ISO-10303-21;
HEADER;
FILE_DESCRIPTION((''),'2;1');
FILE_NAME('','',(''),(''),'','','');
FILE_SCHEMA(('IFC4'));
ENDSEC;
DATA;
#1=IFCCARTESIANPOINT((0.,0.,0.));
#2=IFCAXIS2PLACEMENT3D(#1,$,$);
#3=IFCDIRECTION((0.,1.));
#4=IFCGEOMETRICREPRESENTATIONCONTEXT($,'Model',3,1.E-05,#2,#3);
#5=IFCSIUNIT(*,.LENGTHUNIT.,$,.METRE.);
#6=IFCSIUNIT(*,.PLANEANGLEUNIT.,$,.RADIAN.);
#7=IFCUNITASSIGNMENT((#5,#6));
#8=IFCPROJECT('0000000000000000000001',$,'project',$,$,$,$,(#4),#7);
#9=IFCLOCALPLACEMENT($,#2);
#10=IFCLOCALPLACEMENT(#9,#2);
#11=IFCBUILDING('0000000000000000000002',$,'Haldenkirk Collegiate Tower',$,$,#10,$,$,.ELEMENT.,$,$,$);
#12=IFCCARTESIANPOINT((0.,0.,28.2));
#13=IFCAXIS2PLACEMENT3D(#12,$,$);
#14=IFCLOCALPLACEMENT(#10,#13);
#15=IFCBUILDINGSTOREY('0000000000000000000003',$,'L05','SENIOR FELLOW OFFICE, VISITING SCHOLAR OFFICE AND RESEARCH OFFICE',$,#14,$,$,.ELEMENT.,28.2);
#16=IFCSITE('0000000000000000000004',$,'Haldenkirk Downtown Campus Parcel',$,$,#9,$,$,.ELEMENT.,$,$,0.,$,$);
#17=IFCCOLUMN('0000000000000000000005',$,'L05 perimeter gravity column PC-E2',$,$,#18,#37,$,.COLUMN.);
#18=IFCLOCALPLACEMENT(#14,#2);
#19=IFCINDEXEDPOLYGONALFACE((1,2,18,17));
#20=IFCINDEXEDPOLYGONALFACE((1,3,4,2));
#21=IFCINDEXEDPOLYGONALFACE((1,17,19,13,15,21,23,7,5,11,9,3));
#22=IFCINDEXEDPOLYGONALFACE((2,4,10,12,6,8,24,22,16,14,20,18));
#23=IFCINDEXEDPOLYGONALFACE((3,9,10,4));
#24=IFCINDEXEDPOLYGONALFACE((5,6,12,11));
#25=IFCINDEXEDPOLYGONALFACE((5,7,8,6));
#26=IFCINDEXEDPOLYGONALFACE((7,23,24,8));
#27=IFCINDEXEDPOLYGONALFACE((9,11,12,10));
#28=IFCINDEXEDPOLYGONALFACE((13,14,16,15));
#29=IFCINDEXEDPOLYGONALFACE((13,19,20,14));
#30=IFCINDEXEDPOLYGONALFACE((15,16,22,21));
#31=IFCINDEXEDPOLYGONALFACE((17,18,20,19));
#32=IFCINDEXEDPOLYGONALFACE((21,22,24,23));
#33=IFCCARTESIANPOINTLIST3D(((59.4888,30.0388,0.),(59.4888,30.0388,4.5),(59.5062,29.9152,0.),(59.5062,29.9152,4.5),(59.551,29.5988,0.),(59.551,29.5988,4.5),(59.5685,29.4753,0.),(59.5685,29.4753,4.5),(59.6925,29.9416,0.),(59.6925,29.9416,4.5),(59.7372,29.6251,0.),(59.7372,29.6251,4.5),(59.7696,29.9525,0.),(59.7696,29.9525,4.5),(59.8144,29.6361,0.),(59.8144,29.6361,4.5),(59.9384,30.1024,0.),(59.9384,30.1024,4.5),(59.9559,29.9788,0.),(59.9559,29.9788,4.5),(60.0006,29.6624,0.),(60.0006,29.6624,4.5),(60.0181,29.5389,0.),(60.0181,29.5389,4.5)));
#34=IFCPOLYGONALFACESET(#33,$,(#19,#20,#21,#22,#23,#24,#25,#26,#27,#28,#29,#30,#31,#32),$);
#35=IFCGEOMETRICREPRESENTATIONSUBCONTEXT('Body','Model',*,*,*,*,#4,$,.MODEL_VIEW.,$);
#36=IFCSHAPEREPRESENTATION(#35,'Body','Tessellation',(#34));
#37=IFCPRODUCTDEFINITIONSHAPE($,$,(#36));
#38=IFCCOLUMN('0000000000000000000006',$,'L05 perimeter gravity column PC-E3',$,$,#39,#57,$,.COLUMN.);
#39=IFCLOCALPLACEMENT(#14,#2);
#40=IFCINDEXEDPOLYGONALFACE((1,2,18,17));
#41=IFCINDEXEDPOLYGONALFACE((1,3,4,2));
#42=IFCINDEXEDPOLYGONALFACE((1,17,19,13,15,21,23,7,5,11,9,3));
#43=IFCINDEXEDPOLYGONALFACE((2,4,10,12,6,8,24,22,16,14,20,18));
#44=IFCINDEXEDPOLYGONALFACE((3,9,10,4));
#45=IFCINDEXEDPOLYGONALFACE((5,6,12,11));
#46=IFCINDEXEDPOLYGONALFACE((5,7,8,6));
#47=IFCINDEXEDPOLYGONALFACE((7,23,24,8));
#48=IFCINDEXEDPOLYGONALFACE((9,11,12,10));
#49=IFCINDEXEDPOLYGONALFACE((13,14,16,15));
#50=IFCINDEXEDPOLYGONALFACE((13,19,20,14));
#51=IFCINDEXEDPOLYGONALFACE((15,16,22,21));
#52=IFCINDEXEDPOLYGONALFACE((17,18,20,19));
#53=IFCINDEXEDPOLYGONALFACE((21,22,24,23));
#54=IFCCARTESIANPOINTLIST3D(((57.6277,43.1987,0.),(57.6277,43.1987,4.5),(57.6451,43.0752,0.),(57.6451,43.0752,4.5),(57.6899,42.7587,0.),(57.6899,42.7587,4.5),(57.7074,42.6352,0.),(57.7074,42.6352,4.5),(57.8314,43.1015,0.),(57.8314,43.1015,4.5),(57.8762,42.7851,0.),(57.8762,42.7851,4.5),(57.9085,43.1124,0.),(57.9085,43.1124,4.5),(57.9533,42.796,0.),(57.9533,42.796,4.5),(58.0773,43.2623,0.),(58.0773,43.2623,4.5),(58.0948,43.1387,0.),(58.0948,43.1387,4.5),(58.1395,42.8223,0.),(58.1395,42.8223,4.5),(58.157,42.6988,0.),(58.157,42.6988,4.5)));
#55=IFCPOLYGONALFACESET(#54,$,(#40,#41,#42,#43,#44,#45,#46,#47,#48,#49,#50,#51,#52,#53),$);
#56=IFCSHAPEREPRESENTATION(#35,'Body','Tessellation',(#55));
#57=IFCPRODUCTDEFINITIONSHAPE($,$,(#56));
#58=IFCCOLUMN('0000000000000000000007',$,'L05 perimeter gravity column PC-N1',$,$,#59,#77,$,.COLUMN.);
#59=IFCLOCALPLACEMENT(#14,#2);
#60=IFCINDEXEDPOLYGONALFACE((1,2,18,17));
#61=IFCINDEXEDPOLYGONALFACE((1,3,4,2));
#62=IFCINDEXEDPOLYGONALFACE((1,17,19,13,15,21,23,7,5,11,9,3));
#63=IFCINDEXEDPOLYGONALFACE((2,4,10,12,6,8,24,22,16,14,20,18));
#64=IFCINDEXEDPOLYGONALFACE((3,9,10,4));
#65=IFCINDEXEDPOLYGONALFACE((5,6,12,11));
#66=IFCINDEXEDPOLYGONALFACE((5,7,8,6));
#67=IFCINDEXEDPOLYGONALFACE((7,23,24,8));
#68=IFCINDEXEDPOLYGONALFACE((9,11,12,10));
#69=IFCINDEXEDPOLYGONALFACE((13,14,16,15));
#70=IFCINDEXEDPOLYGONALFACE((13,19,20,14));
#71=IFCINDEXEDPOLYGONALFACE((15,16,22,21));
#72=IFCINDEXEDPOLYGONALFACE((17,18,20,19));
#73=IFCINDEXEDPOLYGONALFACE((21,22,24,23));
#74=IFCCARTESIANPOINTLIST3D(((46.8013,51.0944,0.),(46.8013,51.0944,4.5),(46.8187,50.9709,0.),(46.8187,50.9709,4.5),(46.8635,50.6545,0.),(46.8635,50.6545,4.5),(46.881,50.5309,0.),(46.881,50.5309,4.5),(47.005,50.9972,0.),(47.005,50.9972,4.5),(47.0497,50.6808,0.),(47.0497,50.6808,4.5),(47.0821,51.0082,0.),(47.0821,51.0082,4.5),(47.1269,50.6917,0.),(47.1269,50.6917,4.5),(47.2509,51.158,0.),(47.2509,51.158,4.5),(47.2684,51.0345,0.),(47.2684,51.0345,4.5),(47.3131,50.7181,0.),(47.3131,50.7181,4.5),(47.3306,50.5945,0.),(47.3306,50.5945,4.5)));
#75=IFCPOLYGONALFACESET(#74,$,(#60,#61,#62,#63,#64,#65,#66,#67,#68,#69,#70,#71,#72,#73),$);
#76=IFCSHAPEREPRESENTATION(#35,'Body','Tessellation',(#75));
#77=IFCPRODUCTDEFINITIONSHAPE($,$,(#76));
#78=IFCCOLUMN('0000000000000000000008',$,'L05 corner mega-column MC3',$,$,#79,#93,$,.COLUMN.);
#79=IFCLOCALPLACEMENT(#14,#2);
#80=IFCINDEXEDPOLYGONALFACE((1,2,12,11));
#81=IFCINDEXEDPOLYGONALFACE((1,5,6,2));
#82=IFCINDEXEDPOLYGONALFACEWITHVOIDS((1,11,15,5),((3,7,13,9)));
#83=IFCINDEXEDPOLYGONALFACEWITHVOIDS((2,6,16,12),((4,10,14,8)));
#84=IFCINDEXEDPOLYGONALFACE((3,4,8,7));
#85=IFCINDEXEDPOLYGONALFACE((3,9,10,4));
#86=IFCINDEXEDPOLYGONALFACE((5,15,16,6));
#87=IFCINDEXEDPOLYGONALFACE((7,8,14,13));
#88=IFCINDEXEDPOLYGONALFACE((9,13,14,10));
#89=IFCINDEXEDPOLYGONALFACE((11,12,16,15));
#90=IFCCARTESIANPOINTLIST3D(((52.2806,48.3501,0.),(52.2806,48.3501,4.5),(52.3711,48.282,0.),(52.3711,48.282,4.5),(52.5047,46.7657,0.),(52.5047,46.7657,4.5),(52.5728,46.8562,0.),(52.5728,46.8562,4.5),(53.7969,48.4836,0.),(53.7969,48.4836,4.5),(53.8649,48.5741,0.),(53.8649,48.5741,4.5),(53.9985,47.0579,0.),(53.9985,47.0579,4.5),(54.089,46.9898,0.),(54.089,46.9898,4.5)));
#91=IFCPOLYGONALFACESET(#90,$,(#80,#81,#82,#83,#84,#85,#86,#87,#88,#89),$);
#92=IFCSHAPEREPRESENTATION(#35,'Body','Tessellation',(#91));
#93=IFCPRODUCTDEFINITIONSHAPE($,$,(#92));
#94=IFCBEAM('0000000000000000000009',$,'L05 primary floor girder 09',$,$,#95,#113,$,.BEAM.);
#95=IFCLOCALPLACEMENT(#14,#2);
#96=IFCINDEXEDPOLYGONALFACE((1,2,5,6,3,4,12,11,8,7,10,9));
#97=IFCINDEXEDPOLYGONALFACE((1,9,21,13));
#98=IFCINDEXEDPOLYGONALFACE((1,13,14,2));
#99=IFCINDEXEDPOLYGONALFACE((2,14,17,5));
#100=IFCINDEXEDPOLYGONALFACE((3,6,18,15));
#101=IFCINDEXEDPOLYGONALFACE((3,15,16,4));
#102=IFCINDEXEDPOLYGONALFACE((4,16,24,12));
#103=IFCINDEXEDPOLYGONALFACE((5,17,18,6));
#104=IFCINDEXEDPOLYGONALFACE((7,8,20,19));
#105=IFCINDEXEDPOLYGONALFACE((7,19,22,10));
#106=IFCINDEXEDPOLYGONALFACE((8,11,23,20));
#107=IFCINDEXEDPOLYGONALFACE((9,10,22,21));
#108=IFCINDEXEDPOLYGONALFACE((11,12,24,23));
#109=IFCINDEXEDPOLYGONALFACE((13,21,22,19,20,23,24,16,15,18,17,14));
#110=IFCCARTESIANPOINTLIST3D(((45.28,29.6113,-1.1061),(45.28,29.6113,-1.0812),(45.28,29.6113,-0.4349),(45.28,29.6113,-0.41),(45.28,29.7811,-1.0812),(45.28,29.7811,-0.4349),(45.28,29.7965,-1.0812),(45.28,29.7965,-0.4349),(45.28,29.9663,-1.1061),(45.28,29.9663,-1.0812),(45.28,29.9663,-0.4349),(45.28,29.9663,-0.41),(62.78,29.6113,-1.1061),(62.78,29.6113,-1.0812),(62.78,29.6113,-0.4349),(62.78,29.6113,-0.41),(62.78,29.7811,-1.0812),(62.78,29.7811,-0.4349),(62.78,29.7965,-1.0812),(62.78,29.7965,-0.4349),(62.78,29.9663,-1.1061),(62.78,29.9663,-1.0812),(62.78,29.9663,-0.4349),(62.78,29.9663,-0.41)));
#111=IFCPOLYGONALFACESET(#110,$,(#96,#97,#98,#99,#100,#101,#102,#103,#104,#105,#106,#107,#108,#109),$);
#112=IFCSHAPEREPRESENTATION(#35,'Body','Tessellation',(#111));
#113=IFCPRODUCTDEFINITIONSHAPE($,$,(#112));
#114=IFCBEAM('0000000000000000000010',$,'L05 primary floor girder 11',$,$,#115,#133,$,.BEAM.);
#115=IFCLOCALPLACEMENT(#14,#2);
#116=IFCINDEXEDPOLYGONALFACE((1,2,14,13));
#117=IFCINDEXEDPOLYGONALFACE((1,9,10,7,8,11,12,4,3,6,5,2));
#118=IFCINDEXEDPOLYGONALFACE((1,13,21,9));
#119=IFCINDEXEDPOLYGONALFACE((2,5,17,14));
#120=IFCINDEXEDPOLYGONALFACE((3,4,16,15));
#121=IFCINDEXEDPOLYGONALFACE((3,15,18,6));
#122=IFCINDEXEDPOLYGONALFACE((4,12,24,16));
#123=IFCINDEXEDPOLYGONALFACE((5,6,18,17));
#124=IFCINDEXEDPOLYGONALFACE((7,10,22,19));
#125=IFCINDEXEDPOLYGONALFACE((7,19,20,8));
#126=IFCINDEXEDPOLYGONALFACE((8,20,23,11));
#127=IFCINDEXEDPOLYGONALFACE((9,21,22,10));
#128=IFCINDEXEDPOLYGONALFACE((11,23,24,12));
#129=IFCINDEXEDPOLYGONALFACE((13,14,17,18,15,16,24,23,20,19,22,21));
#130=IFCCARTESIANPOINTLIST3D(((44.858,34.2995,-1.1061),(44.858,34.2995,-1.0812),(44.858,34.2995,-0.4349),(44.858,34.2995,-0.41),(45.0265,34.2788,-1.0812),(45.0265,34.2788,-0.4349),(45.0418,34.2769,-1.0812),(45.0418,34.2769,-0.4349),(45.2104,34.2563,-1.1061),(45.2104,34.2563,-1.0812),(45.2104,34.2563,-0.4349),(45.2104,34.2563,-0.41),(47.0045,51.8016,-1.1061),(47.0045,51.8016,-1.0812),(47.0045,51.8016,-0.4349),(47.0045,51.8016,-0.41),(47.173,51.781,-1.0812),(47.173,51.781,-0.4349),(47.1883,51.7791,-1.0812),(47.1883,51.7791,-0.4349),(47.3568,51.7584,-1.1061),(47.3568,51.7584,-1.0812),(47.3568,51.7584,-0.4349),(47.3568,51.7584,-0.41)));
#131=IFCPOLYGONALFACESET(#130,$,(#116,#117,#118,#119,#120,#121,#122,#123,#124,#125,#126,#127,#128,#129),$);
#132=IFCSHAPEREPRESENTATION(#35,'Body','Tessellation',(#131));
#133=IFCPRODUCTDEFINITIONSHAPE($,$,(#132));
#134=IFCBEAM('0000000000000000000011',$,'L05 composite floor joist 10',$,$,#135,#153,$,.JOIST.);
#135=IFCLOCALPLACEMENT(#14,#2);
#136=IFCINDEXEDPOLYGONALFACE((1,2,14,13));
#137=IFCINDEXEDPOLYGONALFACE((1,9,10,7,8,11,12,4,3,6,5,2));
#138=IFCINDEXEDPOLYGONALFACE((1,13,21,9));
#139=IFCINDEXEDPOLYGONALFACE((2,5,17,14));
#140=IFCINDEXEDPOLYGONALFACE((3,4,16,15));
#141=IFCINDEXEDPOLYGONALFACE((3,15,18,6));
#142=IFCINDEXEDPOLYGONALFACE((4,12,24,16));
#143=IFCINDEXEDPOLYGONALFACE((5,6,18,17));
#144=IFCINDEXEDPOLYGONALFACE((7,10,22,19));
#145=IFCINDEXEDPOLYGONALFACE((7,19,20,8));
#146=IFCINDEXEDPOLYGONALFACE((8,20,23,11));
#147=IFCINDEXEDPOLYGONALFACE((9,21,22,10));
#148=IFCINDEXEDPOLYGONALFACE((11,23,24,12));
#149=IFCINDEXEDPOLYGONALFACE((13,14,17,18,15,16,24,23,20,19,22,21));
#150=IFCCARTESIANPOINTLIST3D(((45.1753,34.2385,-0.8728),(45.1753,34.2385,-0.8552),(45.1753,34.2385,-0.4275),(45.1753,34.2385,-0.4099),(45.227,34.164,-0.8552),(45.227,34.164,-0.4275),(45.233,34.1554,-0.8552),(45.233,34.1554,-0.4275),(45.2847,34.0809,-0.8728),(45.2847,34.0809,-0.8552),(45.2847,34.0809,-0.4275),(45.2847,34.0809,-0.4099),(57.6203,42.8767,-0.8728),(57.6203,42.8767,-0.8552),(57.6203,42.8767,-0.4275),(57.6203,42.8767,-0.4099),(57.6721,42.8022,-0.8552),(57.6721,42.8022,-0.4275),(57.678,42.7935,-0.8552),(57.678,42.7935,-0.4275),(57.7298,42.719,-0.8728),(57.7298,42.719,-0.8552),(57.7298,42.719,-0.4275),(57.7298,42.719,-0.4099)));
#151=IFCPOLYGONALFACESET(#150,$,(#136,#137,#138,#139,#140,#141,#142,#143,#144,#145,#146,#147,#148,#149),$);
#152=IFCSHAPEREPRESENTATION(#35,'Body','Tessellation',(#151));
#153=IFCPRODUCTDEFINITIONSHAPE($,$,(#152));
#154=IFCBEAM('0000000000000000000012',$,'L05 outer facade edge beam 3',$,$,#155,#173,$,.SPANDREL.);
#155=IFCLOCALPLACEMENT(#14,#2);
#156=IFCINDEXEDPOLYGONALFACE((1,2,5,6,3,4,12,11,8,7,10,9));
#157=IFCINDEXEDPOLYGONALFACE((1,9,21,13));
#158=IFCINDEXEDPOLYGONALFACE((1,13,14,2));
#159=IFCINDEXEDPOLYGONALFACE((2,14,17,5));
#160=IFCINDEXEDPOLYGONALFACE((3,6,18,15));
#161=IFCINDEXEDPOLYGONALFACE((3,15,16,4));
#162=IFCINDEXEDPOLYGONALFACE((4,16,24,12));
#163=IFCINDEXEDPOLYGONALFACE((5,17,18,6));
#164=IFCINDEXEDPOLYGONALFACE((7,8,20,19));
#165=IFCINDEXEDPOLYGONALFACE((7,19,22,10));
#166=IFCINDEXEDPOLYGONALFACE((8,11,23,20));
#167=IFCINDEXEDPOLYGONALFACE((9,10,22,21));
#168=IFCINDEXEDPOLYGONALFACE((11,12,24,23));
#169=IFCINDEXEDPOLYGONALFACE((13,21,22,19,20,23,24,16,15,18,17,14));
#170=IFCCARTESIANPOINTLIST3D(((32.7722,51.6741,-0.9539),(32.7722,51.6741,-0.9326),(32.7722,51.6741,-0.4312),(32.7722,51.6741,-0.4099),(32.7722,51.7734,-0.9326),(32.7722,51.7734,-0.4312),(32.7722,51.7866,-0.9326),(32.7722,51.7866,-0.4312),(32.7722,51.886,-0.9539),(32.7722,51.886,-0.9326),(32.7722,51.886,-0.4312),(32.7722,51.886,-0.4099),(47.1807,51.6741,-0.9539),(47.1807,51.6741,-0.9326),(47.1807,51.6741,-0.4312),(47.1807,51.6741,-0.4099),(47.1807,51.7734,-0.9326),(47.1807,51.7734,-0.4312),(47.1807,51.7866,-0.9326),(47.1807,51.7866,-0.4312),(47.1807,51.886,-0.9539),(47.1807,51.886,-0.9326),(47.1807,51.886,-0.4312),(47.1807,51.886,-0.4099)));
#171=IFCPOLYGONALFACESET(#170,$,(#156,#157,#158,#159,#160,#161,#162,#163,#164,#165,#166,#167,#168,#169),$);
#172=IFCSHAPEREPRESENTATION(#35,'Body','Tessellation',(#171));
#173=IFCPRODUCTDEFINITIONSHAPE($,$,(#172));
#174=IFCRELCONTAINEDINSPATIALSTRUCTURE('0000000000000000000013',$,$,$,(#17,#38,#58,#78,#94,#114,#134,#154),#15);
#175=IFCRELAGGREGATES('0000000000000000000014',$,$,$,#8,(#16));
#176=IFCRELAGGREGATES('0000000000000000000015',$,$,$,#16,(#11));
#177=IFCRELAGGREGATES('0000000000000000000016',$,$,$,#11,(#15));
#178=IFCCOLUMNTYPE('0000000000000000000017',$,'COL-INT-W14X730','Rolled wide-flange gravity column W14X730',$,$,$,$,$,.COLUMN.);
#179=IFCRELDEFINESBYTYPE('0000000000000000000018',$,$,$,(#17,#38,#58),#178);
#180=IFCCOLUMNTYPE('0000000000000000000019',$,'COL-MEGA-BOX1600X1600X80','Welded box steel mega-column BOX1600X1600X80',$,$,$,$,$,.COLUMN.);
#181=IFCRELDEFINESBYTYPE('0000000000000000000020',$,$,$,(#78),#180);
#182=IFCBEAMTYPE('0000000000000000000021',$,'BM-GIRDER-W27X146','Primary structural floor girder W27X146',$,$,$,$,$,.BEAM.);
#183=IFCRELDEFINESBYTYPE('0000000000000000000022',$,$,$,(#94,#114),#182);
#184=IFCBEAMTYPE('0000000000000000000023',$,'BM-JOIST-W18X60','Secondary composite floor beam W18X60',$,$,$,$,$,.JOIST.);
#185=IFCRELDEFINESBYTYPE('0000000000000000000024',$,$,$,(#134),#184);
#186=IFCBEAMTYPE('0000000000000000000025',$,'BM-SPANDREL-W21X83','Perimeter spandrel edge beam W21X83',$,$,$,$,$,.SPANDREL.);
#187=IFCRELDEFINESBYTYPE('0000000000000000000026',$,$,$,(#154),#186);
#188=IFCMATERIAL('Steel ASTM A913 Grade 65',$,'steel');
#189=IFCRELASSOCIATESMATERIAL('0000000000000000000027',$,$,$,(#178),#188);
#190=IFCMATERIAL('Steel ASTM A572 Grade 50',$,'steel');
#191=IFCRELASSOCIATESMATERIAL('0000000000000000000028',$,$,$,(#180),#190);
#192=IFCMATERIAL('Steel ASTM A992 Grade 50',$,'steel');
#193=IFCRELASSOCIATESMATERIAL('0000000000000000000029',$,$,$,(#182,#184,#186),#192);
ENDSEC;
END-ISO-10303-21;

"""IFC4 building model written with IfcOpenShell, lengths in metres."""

from ifc_helpers import new_model, si_unit, direction, frame, origin, origin_2d, place, context, subcontext, project, spatial, hollow_rectangle, i_section, extrude, material, material_profile, profile_set, type_object, element, save


model = new_model("IFC4")

# Units and contexts
model_context = context("Model", 3, precision=1e-05, world=origin(), true_north=direction((0.0, 1.0)))
body_context = subcontext(model_context, "Body", "Model", "MODEL_VIEW")
ifc_project = project(units=[si_unit("LENGTHUNIT", "METRE"), si_unit("PLANEANGLEUNIT", "RADIAN")], contexts=[model_context])

# Site, building, storey
site_placement = place(None, origin())
site = spatial("IfcSite", under=ifc_project, at=site_placement, Name="Haldenkirk Downtown Campus Parcel", CompositionType="ELEMENT", RefElevation=0.0)
building_placement = place(site_placement, origin())
building = spatial("IfcBuilding", under=site, at=building_placement, Name="Haldenkirk Collegiate Tower", CompositionType="ELEMENT")
storey_placement = place(building_placement, frame((0.0, 0.0, 28.2)))
storey = spatial("IfcBuildingStorey", under=building, at=storey_placement, Name="L05", Description="SENIOR FELLOW OFFICE, VISITING SCHOLAR OFFICE AND RESEARCH OFFICE", CompositionType="ELEMENT", Elevation=28.2)

# Columns
ifc_material_1 = material(Name="Steel ASTM A913 Grade 65", Category="steel")
ifc_material_profile_1 = material_profile(ifc_material_1, i_section(OverallWidth=0.4541, OverallDepth=0.5691, WebThickness=0.0779, FlangeThickness=0.1248, at=origin_2d()), Name="W14X730")
ifc_profile_set_1 = profile_set([ifc_material_profile_1], Name="Steel ASTM A913 Grade 65")
column_type_1 = type_object("IfcColumnType", Name="COL-INT-W14X730", Description="Rolled wide-flange gravity column W14X730", PredefinedType="COLUMN", material=ifc_profile_set_1)
for number, where, z_axis, x_axis, name in (
    (1, (59.7534, 29.7888, 0.0), (0.0, 0.0, 1.0), (0.990146, 0.140037, 0.0), "L05 perimeter gravity column PC-E2"),
    (2, (57.8923, 42.9487, 0.0), (0.0, 0.0, 1.0), (0.990146, 0.140037, 0.0), "L05 perimeter gravity column PC-E3"),
    (3, (47.0659, 50.8445, 0.0), (0.0, 0.0, 1.0), (0.990146, 0.140037, 0.0), "L05 perimeter gravity column PC-N1"),
):
    element("IfcColumn", number, at=place(storey_placement, frame(where, z_axis=z_axis, x_axis=x_axis)), inside=storey, type_object=column_type_1, Name=name, PredefinedType="COLUMN", context=body_context, shape_type="SweptSolid", body=[
        extrude(i_section(OverallWidth=0.4541, OverallDepth=0.5691, WebThickness=0.0779, FlangeThickness=0.1248, at=origin_2d()), origin(), (0.0, 0.0, 1.0), 4.5),
    ])
ifc_material_2 = material(Name="Steel ASTM A572 Grade 50", Category="steel")
ifc_material_profile_2 = material_profile(ifc_material_2, hollow_rectangle(XDim=1.6001, YDim=1.6001, WallThickness=0.0801, at=origin_2d()), Name="BOX1600X1600X80")
ifc_profile_set_2 = profile_set([ifc_material_profile_2], Name="Steel ASTM A572 Grade 50")
column_type_2 = type_object("IfcColumnType", Name="COL-MEGA-BOX1600X1600X80", Description="Welded box steel mega-column BOX1600X1600X80", PredefinedType="COLUMN", material=ifc_profile_set_2)
column_placement = place(storey_placement, frame((53.1848, 47.6699, 0.0), z_axis=(0.0, 0.0, 1.0), x_axis=(0.990146, 0.140037, 0.0)))
element("IfcColumn", 4, at=column_placement, inside=storey, type_object=column_type_2, Name="L05 corner mega-column MC3", PredefinedType="COLUMN", context=body_context, shape_type="SweptSolid", body=[
    extrude(hollow_rectangle(XDim=1.6001, YDim=1.6001, WallThickness=0.0801, at=origin_2d()), origin(), (0.0, 0.0, 1.0), 4.5),
])

# Beams
ifc_material_3 = material(Name="Steel ASTM A992 Grade 50", Category="steel")
ifc_material_profile_3 = material_profile(ifc_material_3, i_section(OverallWidth=0.355, OverallDepth=0.696, WebThickness=0.0154, FlangeThickness=0.0249, at=origin_2d()), Name="W27X146")
ifc_profile_set_3 = profile_set([ifc_material_profile_3], Name="Steel ASTM A992 Grade 50")
beam_type_1 = type_object("IfcBeamType", Name="BM-GIRDER-W27X146", Description="Primary structural floor girder W27X146", PredefinedType="BEAM", material=ifc_profile_set_3)
beam_1_placement = place(storey_placement, frame((62.78, 29.7888, -0.7581), z_axis=(-1.0, 0.0, 0.0), x_axis=(0.0, -1.0, 0.0)))
element("IfcBeam", 5, at=beam_1_placement, inside=storey, type_object=beam_type_1, Name="L05 primary floor girder 09", PredefinedType="BEAM", context=body_context, shape_type="SweptSolid", body=[
    extrude(i_section(OverallWidth=0.355, OverallDepth=0.696, WebThickness=0.0154, FlangeThickness=0.0249, at=origin_2d()), origin(), (0.0, 0.0, 1.0), 17.5),
])
beam_2_placement = place(storey_placement, frame((47.1807, 51.78, -0.7581), z_axis=(-0.121729, -0.992563, 0.0), x_axis=(0.992563, -0.121729, 0.0)))
element("IfcBeam", 6, at=beam_2_placement, inside=storey, type_object=beam_type_1, Name="L05 primary floor girder 11", PredefinedType="BEAM", context=body_context, shape_type="SweptSolid", body=[
    extrude(i_section(OverallWidth=0.355, OverallDepth=0.696, WebThickness=0.0154, FlangeThickness=0.0249, at=origin_2d()), origin(), (0.0, 0.0, 1.0), 17.6333),
])
ifc_material_profile_4 = material_profile(ifc_material_3, i_section(OverallWidth=0.1919, OverallDepth=0.4629, WebThickness=0.0105, FlangeThickness=0.0176, at=origin_2d()), Name="W18X60")
ifc_profile_set_4 = profile_set([ifc_material_profile_4], Name="Steel ASTM A992 Grade 50")
beam_type_2 = type_object("IfcBeamType", Name="BM-JOIST-W18X60", Description="Secondary composite floor beam W18X60", PredefinedType="JOIST", material=ifc_profile_set_4)
beam_3_placement = place(storey_placement, frame((57.675, 42.7979, -0.6414), z_axis=(-0.821501, -0.570208, 0.0), x_axis=(0.570208, -0.821501, 0.0)))
element("IfcBeam", 7, at=beam_3_placement, inside=storey, type_object=beam_type_2, Name="L05 composite floor joist 10", PredefinedType="JOIST", context=body_context, shape_type="SweptSolid", body=[
    extrude(i_section(OverallWidth=0.1919, OverallDepth=0.4629, WebThickness=0.0105, FlangeThickness=0.0176, at=origin_2d()), origin(), (0.0, 0.0, 1.0), 15.1492),
])
ifc_material_profile_5 = material_profile(ifc_material_3, i_section(OverallWidth=0.2119, OverallDepth=0.5439, WebThickness=0.0132, FlangeThickness=0.0212, at=origin_2d()), Name="W21X83")
ifc_profile_set_5 = profile_set([ifc_material_profile_5], Name="Steel ASTM A992 Grade 50")
beam_type_3 = type_object("IfcBeamType", Name="BM-SPANDREL-W21X83", Description="Perimeter spandrel edge beam W21X83", PredefinedType="SPANDREL", material=ifc_profile_set_5)
beam_4_placement = place(storey_placement, frame((47.1807, 51.78, -0.6819), z_axis=(-1.0, 0.0, 0.0), x_axis=(0.0, -1.0, 0.0)))
element("IfcBeam", 8, at=beam_4_placement, inside=storey, type_object=beam_type_3, Name="L05 outer facade edge beam 3", PredefinedType="SPANDREL", context=body_context, shape_type="SweptSolid", body=[
    extrude(i_section(OverallWidth=0.2119, OverallDepth=0.5439, WebThickness=0.0132, FlangeThickness=0.0212, at=origin_2d()), origin(), (0.0, 0.0, 1.0), 14.4084),
])

save(model, "model.ifc")
